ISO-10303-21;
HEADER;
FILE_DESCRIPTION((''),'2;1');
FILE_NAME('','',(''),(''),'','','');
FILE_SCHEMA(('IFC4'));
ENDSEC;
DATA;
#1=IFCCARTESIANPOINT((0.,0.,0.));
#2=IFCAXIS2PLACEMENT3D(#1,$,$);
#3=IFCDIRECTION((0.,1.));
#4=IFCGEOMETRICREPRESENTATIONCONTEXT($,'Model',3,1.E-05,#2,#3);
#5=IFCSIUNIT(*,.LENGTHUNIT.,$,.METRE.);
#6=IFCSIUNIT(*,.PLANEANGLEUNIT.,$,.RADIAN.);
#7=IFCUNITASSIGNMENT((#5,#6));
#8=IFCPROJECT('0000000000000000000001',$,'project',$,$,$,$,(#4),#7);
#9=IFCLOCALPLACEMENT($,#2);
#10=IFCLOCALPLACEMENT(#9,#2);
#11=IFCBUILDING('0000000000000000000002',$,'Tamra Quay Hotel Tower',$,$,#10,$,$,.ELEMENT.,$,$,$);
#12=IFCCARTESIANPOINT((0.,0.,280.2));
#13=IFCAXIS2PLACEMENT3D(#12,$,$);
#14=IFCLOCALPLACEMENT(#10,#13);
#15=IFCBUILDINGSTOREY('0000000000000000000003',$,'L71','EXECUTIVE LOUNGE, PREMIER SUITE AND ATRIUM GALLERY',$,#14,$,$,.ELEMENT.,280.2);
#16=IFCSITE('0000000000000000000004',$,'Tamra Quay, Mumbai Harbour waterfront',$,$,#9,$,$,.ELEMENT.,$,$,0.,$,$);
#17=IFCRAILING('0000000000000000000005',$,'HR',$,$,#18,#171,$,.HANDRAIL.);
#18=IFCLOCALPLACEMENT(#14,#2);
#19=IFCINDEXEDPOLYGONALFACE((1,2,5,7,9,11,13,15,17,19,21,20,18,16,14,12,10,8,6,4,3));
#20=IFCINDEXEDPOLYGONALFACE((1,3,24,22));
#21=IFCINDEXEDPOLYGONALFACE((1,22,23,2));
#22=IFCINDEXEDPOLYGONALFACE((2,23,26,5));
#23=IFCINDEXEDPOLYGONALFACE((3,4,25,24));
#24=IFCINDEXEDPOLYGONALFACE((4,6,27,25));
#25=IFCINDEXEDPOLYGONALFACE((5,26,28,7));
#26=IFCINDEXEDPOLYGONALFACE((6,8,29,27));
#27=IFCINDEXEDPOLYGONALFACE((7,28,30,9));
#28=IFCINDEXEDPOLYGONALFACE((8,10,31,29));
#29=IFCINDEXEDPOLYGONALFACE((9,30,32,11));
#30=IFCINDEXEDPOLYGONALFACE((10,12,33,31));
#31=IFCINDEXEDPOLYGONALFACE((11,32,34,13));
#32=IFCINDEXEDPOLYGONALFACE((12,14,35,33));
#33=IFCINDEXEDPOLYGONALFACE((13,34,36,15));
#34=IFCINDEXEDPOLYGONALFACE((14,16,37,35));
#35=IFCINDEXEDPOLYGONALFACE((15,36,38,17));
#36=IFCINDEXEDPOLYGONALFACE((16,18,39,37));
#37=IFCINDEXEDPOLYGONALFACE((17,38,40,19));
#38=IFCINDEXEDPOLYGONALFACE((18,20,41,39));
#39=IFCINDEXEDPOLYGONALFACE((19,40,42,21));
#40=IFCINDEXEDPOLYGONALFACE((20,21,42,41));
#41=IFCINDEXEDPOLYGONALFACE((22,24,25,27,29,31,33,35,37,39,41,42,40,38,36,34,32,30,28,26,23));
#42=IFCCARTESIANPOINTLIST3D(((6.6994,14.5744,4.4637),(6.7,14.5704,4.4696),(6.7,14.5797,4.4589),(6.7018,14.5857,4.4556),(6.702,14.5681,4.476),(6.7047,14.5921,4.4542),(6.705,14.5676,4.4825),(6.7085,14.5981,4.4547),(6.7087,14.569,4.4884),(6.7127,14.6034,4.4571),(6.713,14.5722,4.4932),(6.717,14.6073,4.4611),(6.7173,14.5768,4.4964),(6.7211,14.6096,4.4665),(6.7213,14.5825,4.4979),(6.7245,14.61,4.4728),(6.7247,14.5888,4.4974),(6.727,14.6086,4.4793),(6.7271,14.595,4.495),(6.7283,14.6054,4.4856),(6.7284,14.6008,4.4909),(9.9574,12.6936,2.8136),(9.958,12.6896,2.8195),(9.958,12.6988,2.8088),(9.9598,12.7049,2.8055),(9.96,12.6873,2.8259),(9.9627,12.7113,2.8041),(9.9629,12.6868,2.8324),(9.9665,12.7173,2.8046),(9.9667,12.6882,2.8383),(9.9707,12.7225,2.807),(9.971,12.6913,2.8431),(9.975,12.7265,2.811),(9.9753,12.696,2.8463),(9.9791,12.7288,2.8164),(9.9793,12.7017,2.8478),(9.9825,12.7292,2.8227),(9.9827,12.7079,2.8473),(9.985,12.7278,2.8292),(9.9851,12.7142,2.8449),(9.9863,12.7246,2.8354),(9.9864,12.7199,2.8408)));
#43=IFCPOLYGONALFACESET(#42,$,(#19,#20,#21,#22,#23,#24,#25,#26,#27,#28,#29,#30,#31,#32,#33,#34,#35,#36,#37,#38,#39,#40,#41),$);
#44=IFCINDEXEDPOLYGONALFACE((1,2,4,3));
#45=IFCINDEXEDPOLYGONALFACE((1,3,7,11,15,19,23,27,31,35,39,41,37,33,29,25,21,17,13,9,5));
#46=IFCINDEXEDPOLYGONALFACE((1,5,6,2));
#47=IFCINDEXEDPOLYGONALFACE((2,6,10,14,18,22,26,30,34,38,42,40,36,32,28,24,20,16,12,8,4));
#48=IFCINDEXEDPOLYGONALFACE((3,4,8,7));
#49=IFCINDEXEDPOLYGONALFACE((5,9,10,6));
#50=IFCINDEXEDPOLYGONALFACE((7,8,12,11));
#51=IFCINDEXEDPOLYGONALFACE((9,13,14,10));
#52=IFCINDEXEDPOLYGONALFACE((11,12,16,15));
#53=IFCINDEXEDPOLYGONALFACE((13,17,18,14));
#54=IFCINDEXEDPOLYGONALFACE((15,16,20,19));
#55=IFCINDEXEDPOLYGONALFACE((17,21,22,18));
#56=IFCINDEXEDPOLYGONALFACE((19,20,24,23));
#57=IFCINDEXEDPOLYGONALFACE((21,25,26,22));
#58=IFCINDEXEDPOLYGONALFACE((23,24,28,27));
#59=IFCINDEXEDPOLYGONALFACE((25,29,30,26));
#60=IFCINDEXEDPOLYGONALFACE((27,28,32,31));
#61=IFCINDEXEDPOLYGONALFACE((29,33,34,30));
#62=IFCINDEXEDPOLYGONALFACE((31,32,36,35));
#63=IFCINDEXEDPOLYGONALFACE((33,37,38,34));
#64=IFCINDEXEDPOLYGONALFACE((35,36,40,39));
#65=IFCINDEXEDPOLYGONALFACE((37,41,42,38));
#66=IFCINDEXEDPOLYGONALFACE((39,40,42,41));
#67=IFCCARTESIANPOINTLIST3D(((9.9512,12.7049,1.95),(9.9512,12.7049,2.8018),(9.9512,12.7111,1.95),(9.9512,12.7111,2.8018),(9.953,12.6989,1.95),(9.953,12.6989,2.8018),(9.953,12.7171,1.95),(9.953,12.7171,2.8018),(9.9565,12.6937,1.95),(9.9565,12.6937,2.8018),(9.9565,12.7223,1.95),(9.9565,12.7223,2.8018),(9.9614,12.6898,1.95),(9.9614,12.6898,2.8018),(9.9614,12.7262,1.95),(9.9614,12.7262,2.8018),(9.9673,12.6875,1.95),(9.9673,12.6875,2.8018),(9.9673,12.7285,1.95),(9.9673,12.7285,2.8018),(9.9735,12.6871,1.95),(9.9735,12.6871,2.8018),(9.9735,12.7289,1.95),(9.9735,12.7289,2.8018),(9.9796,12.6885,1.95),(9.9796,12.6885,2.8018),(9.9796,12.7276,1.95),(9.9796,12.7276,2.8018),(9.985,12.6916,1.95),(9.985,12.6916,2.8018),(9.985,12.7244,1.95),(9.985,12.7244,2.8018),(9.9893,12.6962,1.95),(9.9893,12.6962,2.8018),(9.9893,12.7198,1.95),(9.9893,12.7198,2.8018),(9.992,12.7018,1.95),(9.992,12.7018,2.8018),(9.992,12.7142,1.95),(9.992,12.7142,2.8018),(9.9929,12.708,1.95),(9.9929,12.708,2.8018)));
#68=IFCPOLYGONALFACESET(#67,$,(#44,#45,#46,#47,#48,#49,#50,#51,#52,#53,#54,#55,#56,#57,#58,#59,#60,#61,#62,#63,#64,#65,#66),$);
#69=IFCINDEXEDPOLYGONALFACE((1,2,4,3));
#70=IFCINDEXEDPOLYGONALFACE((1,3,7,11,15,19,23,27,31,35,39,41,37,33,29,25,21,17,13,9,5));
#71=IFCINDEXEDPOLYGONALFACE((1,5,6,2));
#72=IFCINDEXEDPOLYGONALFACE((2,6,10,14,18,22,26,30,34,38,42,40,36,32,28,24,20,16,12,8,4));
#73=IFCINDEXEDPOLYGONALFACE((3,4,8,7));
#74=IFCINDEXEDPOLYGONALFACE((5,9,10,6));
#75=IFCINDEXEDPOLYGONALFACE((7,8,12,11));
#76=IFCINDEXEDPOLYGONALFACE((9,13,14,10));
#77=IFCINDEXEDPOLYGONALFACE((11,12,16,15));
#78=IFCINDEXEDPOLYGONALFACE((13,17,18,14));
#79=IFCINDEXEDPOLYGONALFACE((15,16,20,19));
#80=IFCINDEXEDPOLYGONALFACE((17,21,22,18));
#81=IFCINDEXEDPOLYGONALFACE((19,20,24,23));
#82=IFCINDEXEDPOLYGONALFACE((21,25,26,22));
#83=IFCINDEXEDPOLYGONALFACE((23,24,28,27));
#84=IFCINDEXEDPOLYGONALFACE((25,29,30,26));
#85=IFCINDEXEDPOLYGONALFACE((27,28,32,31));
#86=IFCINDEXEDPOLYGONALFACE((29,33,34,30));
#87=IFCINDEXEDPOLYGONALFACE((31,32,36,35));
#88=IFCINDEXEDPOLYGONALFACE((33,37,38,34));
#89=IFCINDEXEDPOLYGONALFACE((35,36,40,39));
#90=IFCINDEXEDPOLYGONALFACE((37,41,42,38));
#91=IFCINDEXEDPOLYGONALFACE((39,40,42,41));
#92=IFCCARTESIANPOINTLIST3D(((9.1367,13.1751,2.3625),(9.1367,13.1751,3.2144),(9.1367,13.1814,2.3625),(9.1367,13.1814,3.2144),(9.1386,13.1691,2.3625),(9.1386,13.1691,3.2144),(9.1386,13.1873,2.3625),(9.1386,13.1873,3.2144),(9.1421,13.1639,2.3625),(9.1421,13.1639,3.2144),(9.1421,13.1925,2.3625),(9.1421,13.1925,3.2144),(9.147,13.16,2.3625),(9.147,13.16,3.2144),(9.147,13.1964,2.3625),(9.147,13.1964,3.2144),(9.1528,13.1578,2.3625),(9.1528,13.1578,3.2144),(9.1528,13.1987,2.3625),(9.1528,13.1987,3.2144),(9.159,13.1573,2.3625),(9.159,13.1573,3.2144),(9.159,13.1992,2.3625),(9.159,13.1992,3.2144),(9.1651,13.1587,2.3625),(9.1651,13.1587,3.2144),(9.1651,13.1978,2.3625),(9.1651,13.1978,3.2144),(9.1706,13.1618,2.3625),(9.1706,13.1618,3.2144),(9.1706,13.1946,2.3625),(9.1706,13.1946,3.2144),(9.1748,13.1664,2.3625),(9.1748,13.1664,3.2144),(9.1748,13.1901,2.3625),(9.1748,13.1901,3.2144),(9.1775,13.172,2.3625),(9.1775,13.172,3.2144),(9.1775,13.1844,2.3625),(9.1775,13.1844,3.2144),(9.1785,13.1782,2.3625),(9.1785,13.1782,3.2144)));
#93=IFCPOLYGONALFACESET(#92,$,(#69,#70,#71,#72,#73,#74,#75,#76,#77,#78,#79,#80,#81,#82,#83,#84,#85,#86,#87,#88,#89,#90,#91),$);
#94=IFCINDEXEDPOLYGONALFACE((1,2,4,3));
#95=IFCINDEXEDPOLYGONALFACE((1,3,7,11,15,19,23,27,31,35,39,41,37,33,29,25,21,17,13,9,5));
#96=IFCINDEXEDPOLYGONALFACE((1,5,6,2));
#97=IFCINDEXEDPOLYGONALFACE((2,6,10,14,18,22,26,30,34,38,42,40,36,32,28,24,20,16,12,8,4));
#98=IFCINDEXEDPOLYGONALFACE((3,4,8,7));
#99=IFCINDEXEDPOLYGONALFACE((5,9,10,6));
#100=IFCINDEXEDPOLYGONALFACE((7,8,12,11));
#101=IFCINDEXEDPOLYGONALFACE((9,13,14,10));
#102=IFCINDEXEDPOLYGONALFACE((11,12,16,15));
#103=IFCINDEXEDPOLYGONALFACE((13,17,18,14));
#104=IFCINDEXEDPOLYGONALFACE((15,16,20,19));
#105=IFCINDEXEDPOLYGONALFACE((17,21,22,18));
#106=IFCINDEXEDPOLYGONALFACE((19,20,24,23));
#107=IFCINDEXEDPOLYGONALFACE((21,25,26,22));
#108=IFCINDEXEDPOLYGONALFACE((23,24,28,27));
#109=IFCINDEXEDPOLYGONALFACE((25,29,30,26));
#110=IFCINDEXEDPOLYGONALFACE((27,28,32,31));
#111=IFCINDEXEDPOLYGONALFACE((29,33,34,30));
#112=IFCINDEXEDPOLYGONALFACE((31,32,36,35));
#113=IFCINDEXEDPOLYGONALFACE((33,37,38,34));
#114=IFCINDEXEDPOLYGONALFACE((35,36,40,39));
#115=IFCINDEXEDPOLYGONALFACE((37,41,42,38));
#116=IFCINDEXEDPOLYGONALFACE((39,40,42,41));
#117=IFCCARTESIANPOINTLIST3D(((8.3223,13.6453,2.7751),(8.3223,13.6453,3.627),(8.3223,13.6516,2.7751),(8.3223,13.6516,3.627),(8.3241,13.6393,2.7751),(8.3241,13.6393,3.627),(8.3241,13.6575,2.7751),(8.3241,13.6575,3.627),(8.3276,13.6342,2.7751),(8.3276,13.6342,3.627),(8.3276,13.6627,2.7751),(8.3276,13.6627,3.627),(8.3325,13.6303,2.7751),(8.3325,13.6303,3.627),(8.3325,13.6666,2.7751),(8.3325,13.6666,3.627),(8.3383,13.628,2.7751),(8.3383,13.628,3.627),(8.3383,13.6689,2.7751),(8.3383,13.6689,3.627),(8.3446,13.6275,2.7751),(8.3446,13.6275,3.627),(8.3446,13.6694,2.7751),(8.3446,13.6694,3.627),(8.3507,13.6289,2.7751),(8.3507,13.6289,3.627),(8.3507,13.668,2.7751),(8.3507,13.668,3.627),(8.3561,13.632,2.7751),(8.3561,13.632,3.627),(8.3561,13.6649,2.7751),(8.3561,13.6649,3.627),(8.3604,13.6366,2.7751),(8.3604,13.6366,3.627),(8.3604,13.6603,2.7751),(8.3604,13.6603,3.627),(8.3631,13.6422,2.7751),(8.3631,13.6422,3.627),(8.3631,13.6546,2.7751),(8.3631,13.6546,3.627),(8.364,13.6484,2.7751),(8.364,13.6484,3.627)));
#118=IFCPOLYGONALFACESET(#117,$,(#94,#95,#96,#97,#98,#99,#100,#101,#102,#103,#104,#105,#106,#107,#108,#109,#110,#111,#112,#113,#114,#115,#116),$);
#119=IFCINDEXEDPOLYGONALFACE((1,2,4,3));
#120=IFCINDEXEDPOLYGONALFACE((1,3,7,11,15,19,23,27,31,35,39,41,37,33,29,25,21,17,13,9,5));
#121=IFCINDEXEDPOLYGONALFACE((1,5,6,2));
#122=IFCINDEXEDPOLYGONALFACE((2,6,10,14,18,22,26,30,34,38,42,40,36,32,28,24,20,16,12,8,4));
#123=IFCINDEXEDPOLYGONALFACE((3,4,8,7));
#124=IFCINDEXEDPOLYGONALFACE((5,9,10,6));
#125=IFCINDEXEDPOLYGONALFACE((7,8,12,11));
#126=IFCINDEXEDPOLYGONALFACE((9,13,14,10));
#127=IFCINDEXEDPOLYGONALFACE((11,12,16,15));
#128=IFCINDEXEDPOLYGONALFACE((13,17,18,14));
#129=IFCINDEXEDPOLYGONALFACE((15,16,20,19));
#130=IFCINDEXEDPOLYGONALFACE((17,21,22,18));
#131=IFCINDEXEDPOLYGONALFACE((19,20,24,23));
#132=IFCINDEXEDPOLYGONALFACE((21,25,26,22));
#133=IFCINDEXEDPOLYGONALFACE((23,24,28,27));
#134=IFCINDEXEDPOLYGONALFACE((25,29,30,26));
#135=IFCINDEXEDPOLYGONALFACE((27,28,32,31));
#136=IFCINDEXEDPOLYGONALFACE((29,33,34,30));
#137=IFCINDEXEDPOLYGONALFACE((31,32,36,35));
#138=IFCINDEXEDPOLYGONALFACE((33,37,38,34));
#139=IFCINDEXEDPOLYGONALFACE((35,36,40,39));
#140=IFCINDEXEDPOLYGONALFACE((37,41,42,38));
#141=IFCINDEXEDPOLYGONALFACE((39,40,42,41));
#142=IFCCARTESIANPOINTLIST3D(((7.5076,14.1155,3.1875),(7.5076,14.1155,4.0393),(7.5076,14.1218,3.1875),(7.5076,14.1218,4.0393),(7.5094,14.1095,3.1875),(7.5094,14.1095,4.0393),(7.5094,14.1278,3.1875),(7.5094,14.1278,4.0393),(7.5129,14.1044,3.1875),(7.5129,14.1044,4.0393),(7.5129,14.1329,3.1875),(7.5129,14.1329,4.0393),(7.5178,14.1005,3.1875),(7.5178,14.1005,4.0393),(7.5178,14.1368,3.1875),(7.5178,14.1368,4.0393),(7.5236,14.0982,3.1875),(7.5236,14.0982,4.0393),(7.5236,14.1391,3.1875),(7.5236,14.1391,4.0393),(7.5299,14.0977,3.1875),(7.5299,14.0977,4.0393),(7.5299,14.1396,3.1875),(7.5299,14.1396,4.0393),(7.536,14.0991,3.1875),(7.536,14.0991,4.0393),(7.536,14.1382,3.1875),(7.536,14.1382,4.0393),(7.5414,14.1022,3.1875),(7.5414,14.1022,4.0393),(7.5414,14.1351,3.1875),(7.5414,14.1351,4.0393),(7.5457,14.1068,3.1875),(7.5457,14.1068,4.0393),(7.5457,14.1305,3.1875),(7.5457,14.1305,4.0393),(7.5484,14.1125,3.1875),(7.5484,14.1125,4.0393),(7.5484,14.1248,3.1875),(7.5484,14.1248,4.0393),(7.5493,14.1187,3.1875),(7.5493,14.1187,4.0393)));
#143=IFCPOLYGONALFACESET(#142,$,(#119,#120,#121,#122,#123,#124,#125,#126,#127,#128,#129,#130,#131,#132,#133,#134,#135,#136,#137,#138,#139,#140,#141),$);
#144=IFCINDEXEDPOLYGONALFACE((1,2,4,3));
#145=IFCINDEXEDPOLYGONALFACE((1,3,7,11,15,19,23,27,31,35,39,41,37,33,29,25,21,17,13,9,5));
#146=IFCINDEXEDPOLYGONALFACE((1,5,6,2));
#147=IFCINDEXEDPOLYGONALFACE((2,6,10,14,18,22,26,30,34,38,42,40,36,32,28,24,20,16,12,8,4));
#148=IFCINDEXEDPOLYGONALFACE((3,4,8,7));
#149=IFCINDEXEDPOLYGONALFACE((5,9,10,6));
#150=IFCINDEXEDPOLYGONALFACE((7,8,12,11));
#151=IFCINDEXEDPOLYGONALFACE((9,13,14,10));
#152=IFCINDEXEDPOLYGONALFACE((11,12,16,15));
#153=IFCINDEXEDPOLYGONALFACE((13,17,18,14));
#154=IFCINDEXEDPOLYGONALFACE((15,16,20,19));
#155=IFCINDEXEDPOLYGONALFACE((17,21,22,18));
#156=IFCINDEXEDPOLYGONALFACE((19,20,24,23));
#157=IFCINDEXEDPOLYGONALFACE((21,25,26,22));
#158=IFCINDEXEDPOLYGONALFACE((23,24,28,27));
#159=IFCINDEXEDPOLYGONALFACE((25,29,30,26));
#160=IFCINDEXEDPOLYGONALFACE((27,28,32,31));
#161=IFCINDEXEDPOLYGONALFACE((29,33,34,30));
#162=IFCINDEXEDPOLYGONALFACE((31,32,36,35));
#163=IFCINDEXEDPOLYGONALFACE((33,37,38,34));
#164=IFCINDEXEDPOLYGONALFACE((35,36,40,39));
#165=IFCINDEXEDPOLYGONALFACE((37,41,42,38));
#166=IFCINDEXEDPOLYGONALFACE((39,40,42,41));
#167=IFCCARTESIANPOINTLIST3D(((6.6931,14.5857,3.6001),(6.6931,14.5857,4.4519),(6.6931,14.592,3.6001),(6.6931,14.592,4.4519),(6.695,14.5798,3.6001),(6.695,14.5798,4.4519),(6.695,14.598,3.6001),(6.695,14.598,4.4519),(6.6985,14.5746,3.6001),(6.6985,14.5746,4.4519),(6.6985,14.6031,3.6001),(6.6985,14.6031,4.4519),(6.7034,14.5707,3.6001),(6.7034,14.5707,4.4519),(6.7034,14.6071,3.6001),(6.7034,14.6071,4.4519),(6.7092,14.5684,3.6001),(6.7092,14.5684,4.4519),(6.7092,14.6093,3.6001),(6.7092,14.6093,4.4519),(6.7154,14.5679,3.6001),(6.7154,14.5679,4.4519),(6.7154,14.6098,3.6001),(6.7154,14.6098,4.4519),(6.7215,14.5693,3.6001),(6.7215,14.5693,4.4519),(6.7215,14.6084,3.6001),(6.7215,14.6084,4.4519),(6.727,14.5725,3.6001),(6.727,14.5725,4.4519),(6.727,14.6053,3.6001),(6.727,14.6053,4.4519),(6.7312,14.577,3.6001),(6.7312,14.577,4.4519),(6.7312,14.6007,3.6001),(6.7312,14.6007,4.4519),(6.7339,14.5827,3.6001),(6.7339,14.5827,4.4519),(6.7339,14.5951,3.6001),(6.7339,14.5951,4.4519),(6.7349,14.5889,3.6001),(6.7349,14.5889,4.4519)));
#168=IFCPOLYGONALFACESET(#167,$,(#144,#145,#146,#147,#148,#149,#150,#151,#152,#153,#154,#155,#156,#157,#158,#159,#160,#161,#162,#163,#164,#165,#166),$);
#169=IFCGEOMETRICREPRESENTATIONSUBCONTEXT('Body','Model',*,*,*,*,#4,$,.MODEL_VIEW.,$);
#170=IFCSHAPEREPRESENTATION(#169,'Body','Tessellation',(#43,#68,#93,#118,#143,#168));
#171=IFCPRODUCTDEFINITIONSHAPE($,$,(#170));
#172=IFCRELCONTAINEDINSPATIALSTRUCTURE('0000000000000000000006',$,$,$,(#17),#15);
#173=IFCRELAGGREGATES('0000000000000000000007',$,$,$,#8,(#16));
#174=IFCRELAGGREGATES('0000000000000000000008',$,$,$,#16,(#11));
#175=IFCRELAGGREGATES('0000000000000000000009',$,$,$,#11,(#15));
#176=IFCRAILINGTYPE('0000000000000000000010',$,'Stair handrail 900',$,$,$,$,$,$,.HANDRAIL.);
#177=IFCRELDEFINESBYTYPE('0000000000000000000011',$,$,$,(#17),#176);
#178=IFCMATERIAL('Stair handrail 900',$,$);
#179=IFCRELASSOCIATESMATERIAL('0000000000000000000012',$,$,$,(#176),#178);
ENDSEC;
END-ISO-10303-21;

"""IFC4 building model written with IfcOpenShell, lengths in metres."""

from ifc_helpers import new_model, si_unit, direction, frame, origin, origin_2d, place, context, subcontext, project, spatial, circle, extrude, material, type_object, element, save


model = new_model("IFC4")

# Units and contexts
model_context = context("Model", 3, precision=1e-05, world=origin(), true_north=direction((0.0, 1.0)))
body_context = subcontext(model_context, "Body", "Model", "MODEL_VIEW")
ifc_project = project(units=[si_unit("LENGTHUNIT", "METRE"), si_unit("PLANEANGLEUNIT", "RADIAN")], contexts=[model_context])

# Site, building, storey
site_placement = place(None, origin())
site = spatial("IfcSite", under=ifc_project, at=site_placement, Name="Tamra Quay, Mumbai Harbour waterfront", CompositionType="ELEMENT", RefElevation=0.0)
building_placement = place(site_placement, origin())
building = spatial("IfcBuilding", under=site, at=building_placement, Name="Tamra Quay Hotel Tower", CompositionType="ELEMENT")
storey_placement = place(building_placement, frame((0.0, 0.0, 280.2)))
storey = spatial("IfcBuildingStorey", under=building, at=storey_placement, Name="L71", Description="EXECUTIVE LOUNGE, PREMIER SUITE AND ATRIUM GALLERY", CompositionType="ELEMENT", Elevation=280.2)

# Railing
ifc_material_1 = material(Name="Stair handrail 900")
railing_type_1 = type_object("IfcRailingType", Name="Stair handrail 900", PredefinedType="HANDRAIL", material=ifc_material_1)
railing_1_placement = place(storey_placement, frame((9.9719, 12.708, 1.95)))
element("IfcRailing", 1, at=railing_1_placement, inside=storey, type_object=railing_type_1, Name="HR", PredefinedType="HANDRAIL", context=body_context, shape_type="SweptSolid", body=[
    extrude(circle(Radius=0.0239, at=origin_2d()), frame((0.0, 0.0, 0.876), z_axis=(-0.793103, 0.457854, 0.401692), x_axis=(-0.499964, -0.866046, 0.0)), (0.0, 0.0, 1.0), 4.1079),
    extrude(circle(Radius=0.021, at=origin_2d()), origin(), (0.0, 0.0, 1.0), 0.8518),
    extrude(circle(Radius=0.021, at=origin_2d()), frame((-0.8145, 0.4702, 0.4126)), (0.0, 0.0, 1.0), 0.8518),
    extrude(circle(Radius=0.021, at=origin_2d()), frame((-1.6289, 0.9404, 0.8252)), (0.0, 0.0, 1.0), 0.8518),
    extrude(circle(Radius=0.021, at=origin_2d()), frame((-2.4436, 1.4106, 1.2375)), (0.0, 0.0, 1.0), 0.8518),
    extrude(circle(Radius=0.021, at=origin_2d()), frame((-3.2581, 1.8809, 1.6501)), (0.0, 0.0, 1.0), 0.8518),
])

save(model, "model.ifc")
